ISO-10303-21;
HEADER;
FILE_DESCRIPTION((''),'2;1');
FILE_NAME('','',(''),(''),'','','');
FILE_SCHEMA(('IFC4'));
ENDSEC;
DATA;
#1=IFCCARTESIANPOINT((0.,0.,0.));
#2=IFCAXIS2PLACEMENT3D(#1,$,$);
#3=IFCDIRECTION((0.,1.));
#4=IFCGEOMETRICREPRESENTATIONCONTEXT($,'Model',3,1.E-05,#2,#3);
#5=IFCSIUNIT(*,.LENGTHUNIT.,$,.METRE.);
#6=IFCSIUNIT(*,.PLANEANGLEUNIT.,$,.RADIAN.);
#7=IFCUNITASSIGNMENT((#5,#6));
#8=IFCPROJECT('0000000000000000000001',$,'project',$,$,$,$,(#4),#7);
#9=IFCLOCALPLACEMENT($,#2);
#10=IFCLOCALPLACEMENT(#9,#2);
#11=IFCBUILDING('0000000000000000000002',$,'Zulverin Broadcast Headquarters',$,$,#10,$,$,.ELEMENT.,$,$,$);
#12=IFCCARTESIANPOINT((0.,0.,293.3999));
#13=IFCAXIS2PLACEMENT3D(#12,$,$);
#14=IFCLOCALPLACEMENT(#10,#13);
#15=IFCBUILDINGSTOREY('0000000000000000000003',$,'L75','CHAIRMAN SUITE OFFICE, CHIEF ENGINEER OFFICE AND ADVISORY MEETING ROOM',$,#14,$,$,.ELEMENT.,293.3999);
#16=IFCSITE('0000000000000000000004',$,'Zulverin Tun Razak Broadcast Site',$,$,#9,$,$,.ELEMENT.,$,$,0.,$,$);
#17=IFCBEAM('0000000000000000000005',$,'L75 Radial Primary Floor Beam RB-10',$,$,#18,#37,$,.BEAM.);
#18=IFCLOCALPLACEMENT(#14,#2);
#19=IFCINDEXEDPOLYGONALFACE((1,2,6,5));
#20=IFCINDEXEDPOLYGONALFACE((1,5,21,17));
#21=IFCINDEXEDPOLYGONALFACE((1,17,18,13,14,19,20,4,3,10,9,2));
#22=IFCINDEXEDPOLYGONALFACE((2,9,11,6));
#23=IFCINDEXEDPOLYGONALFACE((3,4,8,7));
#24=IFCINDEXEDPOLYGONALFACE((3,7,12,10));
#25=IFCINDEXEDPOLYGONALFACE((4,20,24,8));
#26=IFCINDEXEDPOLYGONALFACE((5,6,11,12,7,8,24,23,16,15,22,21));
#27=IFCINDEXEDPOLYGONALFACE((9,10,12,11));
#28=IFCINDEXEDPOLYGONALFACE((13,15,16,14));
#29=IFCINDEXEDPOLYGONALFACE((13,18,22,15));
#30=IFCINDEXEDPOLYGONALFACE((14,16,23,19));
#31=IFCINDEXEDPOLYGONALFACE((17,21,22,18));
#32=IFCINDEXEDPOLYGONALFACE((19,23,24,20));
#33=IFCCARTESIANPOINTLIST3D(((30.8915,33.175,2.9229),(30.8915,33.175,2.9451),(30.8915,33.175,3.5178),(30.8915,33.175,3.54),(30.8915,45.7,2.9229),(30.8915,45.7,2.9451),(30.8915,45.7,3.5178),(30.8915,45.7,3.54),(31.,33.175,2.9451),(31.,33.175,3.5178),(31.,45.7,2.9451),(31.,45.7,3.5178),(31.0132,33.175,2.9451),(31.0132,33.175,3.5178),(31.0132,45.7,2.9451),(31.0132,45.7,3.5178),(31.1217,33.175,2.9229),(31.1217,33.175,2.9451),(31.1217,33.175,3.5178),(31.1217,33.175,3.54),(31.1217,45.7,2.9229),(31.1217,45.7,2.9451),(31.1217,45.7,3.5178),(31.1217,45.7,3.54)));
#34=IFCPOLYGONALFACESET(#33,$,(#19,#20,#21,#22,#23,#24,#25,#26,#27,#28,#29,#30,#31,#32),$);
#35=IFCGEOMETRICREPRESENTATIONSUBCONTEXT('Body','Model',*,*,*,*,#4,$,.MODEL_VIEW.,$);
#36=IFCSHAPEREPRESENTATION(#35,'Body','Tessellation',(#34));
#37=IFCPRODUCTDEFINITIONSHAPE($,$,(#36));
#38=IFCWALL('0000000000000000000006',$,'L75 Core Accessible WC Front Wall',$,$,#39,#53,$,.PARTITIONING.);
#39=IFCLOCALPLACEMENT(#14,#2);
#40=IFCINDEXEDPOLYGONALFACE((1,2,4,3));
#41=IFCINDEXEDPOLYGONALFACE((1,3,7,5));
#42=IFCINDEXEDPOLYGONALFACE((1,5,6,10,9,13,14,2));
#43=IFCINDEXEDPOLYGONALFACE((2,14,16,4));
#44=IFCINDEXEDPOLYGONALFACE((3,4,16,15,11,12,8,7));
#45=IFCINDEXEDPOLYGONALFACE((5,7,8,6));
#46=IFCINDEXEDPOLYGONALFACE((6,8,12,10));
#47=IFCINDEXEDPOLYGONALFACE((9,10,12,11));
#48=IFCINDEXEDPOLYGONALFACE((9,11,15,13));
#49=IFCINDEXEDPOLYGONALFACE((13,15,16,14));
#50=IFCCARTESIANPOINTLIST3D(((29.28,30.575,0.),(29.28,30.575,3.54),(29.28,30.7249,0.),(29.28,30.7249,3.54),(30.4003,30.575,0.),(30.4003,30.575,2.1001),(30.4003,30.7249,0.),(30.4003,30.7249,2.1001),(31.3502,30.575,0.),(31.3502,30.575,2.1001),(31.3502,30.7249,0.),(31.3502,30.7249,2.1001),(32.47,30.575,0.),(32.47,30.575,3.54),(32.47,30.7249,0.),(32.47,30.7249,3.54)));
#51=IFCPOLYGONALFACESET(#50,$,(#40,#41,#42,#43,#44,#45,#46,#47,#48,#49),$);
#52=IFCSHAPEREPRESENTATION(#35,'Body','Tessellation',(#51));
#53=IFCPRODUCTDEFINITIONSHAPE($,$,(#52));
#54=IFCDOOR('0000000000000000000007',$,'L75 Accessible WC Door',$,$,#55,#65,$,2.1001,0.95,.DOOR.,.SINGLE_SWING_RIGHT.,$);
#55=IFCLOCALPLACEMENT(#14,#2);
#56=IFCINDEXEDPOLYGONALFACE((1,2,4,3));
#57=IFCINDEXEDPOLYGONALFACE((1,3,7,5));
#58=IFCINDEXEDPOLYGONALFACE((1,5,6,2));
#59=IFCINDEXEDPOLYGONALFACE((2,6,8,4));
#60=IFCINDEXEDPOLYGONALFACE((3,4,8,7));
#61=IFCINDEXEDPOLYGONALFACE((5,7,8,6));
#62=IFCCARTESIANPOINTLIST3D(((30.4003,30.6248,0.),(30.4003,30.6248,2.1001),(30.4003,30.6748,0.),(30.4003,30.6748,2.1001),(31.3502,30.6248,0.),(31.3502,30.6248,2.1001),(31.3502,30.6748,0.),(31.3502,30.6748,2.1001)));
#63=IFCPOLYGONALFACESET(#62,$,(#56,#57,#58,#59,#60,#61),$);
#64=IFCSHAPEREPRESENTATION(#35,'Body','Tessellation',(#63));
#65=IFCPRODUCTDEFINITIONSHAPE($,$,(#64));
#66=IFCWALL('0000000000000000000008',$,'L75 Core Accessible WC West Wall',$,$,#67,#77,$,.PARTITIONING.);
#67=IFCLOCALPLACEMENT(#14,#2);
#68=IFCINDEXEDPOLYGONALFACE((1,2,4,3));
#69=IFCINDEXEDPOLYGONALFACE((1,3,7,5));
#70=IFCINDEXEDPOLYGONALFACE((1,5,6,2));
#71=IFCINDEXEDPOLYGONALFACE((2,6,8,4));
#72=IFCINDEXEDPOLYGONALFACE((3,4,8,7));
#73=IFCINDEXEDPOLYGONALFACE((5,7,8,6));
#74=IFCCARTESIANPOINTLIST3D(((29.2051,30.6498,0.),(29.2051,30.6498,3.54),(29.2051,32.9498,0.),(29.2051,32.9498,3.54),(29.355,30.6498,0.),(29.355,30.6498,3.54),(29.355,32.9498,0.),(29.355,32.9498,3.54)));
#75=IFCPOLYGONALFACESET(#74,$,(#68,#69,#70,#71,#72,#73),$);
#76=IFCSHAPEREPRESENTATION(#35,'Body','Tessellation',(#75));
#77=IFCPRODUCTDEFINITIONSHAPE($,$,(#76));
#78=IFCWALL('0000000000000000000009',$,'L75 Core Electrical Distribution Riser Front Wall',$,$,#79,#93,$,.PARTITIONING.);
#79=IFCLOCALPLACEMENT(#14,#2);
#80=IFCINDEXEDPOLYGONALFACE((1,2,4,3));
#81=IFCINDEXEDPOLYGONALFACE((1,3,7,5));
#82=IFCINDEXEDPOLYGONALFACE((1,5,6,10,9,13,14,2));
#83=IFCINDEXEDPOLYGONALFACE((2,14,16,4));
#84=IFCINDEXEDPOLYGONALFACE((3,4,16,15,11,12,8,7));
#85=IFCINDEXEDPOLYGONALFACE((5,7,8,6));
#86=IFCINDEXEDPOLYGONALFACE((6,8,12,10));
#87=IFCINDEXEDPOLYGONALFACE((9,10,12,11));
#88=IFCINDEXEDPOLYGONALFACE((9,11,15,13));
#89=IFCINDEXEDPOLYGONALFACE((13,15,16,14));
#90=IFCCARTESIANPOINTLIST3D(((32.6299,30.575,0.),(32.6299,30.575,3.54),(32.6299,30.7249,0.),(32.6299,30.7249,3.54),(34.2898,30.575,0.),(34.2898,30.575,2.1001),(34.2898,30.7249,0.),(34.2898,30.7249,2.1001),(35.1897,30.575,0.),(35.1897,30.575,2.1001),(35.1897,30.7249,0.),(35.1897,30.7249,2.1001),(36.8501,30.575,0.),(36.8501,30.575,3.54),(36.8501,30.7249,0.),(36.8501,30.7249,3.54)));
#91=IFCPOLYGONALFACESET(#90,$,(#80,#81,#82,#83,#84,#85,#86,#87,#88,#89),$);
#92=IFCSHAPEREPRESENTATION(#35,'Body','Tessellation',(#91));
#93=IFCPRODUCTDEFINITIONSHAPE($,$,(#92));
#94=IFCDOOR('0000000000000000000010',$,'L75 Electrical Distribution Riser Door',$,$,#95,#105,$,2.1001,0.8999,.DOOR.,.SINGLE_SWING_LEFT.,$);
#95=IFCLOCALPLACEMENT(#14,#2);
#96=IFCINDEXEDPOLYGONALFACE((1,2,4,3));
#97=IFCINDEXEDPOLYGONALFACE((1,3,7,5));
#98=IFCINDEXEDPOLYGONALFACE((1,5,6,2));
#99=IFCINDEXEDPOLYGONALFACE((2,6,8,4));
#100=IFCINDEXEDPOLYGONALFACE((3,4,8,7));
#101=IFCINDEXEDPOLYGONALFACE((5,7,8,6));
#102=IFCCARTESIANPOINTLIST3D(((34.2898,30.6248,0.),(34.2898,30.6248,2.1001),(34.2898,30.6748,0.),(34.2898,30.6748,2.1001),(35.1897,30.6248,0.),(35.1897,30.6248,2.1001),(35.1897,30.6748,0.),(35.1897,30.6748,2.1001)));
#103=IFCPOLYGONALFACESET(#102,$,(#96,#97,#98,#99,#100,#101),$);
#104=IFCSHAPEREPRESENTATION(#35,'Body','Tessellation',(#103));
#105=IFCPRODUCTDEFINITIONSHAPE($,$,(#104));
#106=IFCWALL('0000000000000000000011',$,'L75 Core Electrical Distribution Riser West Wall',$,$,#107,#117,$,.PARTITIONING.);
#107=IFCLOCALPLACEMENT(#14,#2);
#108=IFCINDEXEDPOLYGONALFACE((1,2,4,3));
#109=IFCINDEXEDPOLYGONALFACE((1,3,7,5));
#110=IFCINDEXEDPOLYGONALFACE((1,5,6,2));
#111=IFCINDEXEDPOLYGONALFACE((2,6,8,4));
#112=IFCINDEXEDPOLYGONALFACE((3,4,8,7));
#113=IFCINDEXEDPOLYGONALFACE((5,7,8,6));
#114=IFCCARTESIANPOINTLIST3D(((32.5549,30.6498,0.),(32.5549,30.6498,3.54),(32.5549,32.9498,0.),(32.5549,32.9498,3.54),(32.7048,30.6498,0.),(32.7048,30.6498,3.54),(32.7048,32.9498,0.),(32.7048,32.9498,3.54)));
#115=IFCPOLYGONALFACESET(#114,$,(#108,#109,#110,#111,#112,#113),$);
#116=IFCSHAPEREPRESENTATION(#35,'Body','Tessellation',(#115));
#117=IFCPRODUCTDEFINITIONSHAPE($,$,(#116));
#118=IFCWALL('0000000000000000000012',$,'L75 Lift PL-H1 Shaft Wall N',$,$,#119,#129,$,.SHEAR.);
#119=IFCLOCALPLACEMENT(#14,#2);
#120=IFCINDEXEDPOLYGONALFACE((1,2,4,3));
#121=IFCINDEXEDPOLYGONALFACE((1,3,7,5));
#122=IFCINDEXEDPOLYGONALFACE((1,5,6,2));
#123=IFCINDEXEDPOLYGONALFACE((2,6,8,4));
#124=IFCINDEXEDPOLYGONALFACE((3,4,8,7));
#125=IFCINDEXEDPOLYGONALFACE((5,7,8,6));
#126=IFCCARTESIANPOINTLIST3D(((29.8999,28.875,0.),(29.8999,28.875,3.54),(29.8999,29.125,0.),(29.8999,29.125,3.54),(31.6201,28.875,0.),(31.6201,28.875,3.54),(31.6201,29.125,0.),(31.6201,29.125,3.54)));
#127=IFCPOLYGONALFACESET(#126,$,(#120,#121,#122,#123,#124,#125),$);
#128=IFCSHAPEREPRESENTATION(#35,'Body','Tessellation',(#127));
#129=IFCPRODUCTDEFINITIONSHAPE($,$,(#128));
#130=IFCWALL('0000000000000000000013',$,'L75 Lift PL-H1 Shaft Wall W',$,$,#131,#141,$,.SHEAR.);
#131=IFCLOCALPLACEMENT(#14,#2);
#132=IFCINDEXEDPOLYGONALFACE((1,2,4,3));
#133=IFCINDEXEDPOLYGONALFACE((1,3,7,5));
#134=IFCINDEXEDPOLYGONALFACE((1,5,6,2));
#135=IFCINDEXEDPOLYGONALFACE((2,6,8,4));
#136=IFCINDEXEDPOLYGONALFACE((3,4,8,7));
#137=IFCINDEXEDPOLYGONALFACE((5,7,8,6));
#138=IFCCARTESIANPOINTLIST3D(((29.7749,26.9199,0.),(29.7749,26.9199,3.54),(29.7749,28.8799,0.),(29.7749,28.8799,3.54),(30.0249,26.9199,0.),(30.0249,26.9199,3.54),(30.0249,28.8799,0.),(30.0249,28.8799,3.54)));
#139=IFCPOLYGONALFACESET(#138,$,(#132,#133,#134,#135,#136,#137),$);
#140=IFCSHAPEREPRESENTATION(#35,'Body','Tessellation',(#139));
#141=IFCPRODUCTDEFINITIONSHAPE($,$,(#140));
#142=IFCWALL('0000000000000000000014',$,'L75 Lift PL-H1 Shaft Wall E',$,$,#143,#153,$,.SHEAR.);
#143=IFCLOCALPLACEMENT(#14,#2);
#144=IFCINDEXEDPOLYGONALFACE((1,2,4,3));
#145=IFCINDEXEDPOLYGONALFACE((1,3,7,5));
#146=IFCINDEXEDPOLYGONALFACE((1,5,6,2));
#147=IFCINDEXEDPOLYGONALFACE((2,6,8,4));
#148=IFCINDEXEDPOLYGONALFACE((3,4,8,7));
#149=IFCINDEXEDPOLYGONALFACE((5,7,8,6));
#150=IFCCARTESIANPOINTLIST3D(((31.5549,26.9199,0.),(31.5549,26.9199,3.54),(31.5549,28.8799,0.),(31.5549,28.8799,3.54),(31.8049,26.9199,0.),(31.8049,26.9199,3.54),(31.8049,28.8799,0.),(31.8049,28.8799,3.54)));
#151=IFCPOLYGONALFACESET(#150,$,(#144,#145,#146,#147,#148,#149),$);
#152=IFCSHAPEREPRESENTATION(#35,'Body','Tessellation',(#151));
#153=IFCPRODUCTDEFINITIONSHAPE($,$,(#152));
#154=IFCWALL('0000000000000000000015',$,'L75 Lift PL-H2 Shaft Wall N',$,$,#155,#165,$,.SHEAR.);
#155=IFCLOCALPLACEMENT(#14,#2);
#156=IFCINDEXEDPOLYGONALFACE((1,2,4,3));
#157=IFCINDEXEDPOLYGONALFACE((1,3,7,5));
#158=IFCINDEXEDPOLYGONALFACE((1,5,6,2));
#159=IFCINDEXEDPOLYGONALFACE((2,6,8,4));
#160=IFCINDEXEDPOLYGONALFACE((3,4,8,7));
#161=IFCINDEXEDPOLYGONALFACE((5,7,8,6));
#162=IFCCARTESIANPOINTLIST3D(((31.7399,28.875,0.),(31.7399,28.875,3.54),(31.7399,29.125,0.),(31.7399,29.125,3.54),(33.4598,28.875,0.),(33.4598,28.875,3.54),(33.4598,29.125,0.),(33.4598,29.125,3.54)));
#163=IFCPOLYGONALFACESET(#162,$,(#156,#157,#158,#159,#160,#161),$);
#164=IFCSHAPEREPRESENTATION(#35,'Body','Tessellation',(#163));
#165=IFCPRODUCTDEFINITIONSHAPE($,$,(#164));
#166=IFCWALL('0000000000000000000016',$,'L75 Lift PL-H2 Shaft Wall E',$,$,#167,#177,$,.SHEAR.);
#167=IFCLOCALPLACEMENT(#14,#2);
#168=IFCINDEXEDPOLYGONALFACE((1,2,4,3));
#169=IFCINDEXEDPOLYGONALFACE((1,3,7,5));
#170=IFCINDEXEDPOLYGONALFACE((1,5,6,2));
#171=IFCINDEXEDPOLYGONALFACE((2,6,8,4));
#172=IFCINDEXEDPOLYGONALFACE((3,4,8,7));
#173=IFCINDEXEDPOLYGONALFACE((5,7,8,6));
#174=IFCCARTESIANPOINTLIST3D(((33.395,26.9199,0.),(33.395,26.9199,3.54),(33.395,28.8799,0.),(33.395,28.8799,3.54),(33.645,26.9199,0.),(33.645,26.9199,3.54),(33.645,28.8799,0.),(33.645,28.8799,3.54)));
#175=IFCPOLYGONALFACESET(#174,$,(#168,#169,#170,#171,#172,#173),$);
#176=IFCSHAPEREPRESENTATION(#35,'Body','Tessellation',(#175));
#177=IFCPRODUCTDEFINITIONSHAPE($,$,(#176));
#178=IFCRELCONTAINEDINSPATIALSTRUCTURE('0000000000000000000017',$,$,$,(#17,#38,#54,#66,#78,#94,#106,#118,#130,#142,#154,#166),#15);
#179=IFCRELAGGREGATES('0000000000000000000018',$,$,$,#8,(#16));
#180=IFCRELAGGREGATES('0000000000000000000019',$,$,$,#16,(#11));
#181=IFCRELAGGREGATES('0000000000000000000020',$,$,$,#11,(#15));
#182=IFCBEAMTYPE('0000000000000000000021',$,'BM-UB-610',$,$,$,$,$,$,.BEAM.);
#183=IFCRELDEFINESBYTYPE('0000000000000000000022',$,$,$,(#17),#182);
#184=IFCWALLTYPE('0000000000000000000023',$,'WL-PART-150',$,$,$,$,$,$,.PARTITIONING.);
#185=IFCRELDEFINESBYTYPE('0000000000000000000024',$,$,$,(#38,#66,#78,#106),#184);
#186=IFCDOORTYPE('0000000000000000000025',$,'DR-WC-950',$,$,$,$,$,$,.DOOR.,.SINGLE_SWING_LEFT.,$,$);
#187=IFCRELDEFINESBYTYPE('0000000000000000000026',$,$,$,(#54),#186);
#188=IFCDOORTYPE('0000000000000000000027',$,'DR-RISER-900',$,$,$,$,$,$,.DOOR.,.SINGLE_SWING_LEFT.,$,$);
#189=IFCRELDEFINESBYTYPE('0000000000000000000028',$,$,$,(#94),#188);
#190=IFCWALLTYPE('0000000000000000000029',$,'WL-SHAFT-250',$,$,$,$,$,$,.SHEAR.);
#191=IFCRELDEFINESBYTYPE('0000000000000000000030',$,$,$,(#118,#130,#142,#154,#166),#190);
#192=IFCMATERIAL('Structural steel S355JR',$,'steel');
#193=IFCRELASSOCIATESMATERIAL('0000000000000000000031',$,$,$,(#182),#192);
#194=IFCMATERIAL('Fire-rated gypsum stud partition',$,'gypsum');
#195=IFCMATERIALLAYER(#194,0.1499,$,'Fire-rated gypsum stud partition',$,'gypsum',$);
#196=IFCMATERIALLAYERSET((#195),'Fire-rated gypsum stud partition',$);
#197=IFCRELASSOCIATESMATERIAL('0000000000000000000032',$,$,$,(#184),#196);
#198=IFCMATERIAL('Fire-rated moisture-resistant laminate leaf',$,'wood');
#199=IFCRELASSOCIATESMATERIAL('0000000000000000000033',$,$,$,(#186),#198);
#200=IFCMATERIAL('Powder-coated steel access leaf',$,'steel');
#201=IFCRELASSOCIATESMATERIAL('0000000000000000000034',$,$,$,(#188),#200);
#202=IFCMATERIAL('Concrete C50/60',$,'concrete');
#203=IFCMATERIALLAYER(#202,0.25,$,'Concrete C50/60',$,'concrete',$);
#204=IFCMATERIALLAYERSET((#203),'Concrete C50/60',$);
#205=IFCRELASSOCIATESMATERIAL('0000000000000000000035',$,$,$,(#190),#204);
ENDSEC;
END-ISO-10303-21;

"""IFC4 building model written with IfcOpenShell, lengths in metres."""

from ifc_helpers import new_model, si_unit, direction, frame, frame_2d, origin, origin_2d, place, context, subcontext, project, spatial, rectangle, i_section, extrude, material, layer, layer_set, material_profile, profile_set, type_object, element, fill, save


model = new_model("IFC4")

# Units and contexts
model_context = context("Model", 3, precision=1e-05, world=origin(), true_north=direction((0.0, 1.0)))
body_context = subcontext(model_context, "Body", "Model", "MODEL_VIEW")
ifc_project = project(units=[si_unit("LENGTHUNIT", "METRE"), si_unit("PLANEANGLEUNIT", "RADIAN")], contexts=[model_context])

# Site, building, storey
site_placement = place(None, origin())
site = spatial("IfcSite", under=ifc_project, at=site_placement, Name="Zulverin Tun Razak Broadcast Site", CompositionType="ELEMENT", RefElevation=0.0)
building_placement = place(site_placement, origin())
building = spatial("IfcBuilding", under=site, at=building_placement, Name="Zulverin Broadcast Headquarters", CompositionType="ELEMENT")
storey_placement = place(building_placement, frame((0.0, 0.0, 293.3999)))
storey = spatial("IfcBuildingStorey", under=building, at=storey_placement, Name="L75", Description="CHAIRMAN SUITE OFFICE, CHIEF ENGINEER OFFICE AND ADVISORY MEETING ROOM", CompositionType="ELEMENT", Elevation=293.3999)

# Beam
ifc_material_1 = material(Name="Structural steel S355JR", Category="steel")
ifc_material_profile = material_profile(ifc_material_1, i_section(OverallWidth=0.2302, OverallDepth=0.6172, WebThickness=0.0132, FlangeThickness=0.0222, at=origin_2d()), Name="Structural steel S355JR", Category="steel")
ifc_profile_set = profile_set([ifc_material_profile], Name="Structural steel S355JR")
beam_type = type_object("IfcBeamType", Name="BM-UB-610", PredefinedType="BEAM", material=ifc_profile_set)
beam_placement = place(storey_placement, frame((31.0066, 33.175, 3.2314), z_axis=(0.0, 1.0, 0.0), x_axis=(-1.0, 0.0, 0.0)))
element("IfcBeam", 1, at=beam_placement, inside=storey, type_object=beam_type, Name="L75 Radial Primary Floor Beam RB-10", PredefinedType="BEAM", context=body_context, shape_type="SweptSolid", body=[
    extrude(i_section(OverallWidth=0.2302, OverallDepth=0.6172, WebThickness=0.0132, FlangeThickness=0.0222, at=origin_2d()), origin(), (0.0, 0.0, 1.0), 12.5249),
])

# Wall, opening, door
ifc_material_2 = material(Name="Fire-rated gypsum stud partition", Category="gypsum")
ifc_layer_1 = layer(ifc_material_2, 0.1499, Name="Fire-rated gypsum stud partition", Category="gypsum")
ifc_layer_set_1 = layer_set([ifc_layer_1], Name="Fire-rated gypsum stud partition")
wall_type_1 = type_object("IfcWallType", Name="WL-PART-150", PredefinedType="PARTITIONING", material=ifc_layer_set_1)
wall_1_placement = place(storey_placement, frame((29.28, 30.6499, 0.0), z_axis=(0.0, 0.0, 1.0), x_axis=(1.0, 0.0, 0.0)))
wall_1 = element("IfcWall", 2, at=wall_1_placement, inside=storey, type_object=wall_type_1, Name="L75 Core Accessible WC Front Wall", PredefinedType="PARTITIONING", context=body_context, shape_type="SweptSolid", body=[
    extrude(rectangle(XDim=3.1899, YDim=0.1499, at=frame_2d((1.595, 0.0))), origin(), (0.0, 0.0, 1.0), 3.54),
])
opening_1_placement = place(wall_1_placement, frame((1.1201, 0.0, 0.0)))
opening_1 = element("IfcOpeningElement", 3, at=opening_1_placement, cuts=wall_1, PredefinedType="OPENING", context=body_context, shape_type="SweptSolid", body=[
    extrude(rectangle(XDim=0.95, YDim=2.1001, at=frame_2d((0.4751, 1.05))), frame((0.0, 0.085, 0.0), z_axis=(0.0, -1.0, 0.0), x_axis=(1.0, 0.0, 0.0)), (0.0, 0.0, 1.0), 0.1699),
])
ifc_material_3 = material(Name="Fire-rated moisture-resistant laminate leaf", Category="wood")
door_type_1 = type_object("IfcDoorType", Name="DR-WC-950", OperationType="SINGLE_SWING_LEFT", PredefinedType="DOOR", material=ifc_material_3)
door_1_placement = place(opening_1_placement, origin())
door_1 = element("IfcDoor", 4, at=door_1_placement, inside=storey, type_object=door_type_1, Name="L75 Accessible WC Door", OperationType="SINGLE_SWING_RIGHT", OverallHeight=2.1001, OverallWidth=0.95, PredefinedType="DOOR", context=body_context, shape_type="SweptSolid", body=[
    extrude(rectangle(XDim=0.95, YDim=2.1001, at=frame_2d((0.4751, 1.05))), frame((0.0, 0.0249, 0.0), z_axis=(0.0, -1.0, 0.0), x_axis=(1.0, 0.0, 0.0)), (0.0, 0.0, 1.0), 0.05),
])
fill(opening_1, door_1)

# Wall
wall_2_placement = place(storey_placement, frame((29.28, 30.6499, 0.0), z_axis=(0.0, 0.0, 1.0), x_axis=(0.0, 1.0, 0.0)))
element("IfcWall", 5, at=wall_2_placement, inside=storey, type_object=wall_type_1, Name="L75 Core Accessible WC West Wall", PredefinedType="PARTITIONING", context=body_context, shape_type="SweptSolid", body=[
    extrude(rectangle(XDim=2.3, YDim=0.1499, at=frame_2d((1.1499, 0.0))), origin(), (0.0, 0.0, 1.0), 3.54),
])

# Wall, opening, door
wall_3_placement = place(storey_placement, frame((32.6299, 30.6499, 0.0), z_axis=(0.0, 0.0, 1.0), x_axis=(1.0, 0.0, 0.0)))
wall_3 = element("IfcWall", 6, at=wall_3_placement, inside=storey, type_object=wall_type_1, Name="L75 Core Electrical Distribution Riser Front Wall", PredefinedType="PARTITIONING", context=body_context, shape_type="SweptSolid", body=[
    extrude(rectangle(XDim=4.2202, YDim=0.1499, at=frame_2d((2.1101, 0.0))), origin(), (0.0, 0.0, 1.0), 3.54),
])
opening_2_placement = place(wall_3_placement, frame((1.6599, 0.0, 0.0)))
opening_2 = element("IfcOpeningElement", 7, at=opening_2_placement, cuts=wall_3, PredefinedType="OPENING", context=body_context, shape_type="SweptSolid", body=[
    extrude(rectangle(XDim=0.8999, YDim=2.1001, at=frame_2d((0.45, 1.05))), frame((0.0, 0.085, 0.0), z_axis=(0.0, -1.0, 0.0), x_axis=(1.0, 0.0, 0.0)), (0.0, 0.0, 1.0), 0.1699),
])
ifc_material_4 = material(Name="Powder-coated steel access leaf", Category="steel")
door_type_2 = type_object("IfcDoorType", Name="DR-RISER-900", OperationType="SINGLE_SWING_LEFT", PredefinedType="DOOR", material=ifc_material_4)
door_2_placement = place(opening_2_placement, origin())
door_2 = element("IfcDoor", 8, at=door_2_placement, inside=storey, type_object=door_type_2, Name="L75 Electrical Distribution Riser Door", OperationType="SINGLE_SWING_LEFT", OverallHeight=2.1001, OverallWidth=0.8999, PredefinedType="DOOR", context=body_context, shape_type="SweptSolid", body=[
    extrude(rectangle(XDim=0.8999, YDim=2.1001, at=frame_2d((0.45, 1.05))), frame((0.0, 0.0249, 0.0), z_axis=(0.0, -1.0, 0.0), x_axis=(1.0, 0.0, 0.0)), (0.0, 0.0, 1.0), 0.05),
])
fill(opening_2, door_2)

# Wall
wall_4_placement = place(storey_placement, frame((32.6299, 30.6499, 0.0), z_axis=(0.0, 0.0, 1.0), x_axis=(0.0, 1.0, 0.0)))
element("IfcWall", 9, at=wall_4_placement, inside=storey, type_object=wall_type_1, Name="L75 Core Electrical Distribution Riser West Wall", PredefinedType="PARTITIONING", context=body_context, shape_type="SweptSolid", body=[
    extrude(rectangle(XDim=2.3, YDim=0.1499, at=frame_2d((1.1499, 0.0))), origin(), (0.0, 0.0, 1.0), 3.54),
])

# Shared definitions
ifc_material_5 = material(Name="Concrete C50/60", Category="concrete")
ifc_layer_2 = layer(ifc_material_5, 0.25, Name="Concrete C50/60", Category="concrete")
ifc_layer_set_2 = layer_set([ifc_layer_2], Name="Concrete C50/60")
wall_type_2 = type_object("IfcWallType", Name="WL-SHAFT-250", PredefinedType="SHEAR", material=ifc_layer_set_2)

# Walls
wall_5_placement = place(storey_placement, frame((29.8999, 29.0, 0.0), z_axis=(0.0, 0.0, 1.0), x_axis=(1.0, 0.0, 0.0)))
element("IfcWall", 10, at=wall_5_placement, inside=storey, type_object=wall_type_2, Name="L75 Lift PL-H1 Shaft Wall N", PredefinedType="SHEAR", context=body_context, shape_type="SweptSolid", body=[
    extrude(rectangle(XDim=1.7202, YDim=0.25, at=frame_2d((0.8601, 0.0))), origin(), (0.0, 0.0, 1.0), 3.54),
])
for number, where, z_axis, x_axis, name in (
    (11, (29.8999, 26.9199, 0.0), (0.0, 0.0, 1.0), (0.0, 1.0, 0.0), "L75 Lift PL-H1 Shaft Wall W"),
    (12, (31.6799, 26.9199, 0.0), (0.0, 0.0, 1.0), (0.0, 1.0, 0.0), "L75 Lift PL-H1 Shaft Wall E"),
):
    element("IfcWall", number, at=place(storey_placement, frame(where, z_axis=z_axis, x_axis=x_axis)), inside=storey, type_object=wall_type_2, Name=name, PredefinedType="SHEAR", context=body_context, shape_type="SweptSolid", body=[
        extrude(rectangle(XDim=1.96, YDim=0.25, at=frame_2d((0.98, 0.0))), origin(), (0.0, 0.0, 1.0), 3.54),
    ])

# Walls
wall_6_placement = place(storey_placement, frame((31.74, 29.0, 0.0), z_axis=(0.0, 0.0, 1.0), x_axis=(1.0, 0.0, 0.0)))
element("IfcWall", 13, at=wall_6_placement, inside=storey, type_object=wall_type_2, Name="L75 Lift PL-H2 Shaft Wall N", PredefinedType="SHEAR", context=body_context, shape_type="SweptSolid", body=[
    extrude(rectangle(XDim=1.72, YDim=0.25, at=frame_2d((0.8599, 0.0))), origin(), (0.0, 0.0, 1.0), 3.54),
])
wall_7_placement = place(storey_placement, frame((33.52, 26.9199, 0.0), z_axis=(0.0, 0.0, 1.0), x_axis=(0.0, 1.0, 0.0)))
element("IfcWall", 14, at=wall_7_placement, inside=storey, type_object=wall_type_2, Name="L75 Lift PL-H2 Shaft Wall E", PredefinedType="SHEAR", context=body_context, shape_type="SweptSolid", body=[
    extrude(rectangle(XDim=1.96, YDim=0.25, at=frame_2d((0.98, 0.0))), origin(), (0.0, 0.0, 1.0), 3.54),
])

save(model, "model.ifc")
